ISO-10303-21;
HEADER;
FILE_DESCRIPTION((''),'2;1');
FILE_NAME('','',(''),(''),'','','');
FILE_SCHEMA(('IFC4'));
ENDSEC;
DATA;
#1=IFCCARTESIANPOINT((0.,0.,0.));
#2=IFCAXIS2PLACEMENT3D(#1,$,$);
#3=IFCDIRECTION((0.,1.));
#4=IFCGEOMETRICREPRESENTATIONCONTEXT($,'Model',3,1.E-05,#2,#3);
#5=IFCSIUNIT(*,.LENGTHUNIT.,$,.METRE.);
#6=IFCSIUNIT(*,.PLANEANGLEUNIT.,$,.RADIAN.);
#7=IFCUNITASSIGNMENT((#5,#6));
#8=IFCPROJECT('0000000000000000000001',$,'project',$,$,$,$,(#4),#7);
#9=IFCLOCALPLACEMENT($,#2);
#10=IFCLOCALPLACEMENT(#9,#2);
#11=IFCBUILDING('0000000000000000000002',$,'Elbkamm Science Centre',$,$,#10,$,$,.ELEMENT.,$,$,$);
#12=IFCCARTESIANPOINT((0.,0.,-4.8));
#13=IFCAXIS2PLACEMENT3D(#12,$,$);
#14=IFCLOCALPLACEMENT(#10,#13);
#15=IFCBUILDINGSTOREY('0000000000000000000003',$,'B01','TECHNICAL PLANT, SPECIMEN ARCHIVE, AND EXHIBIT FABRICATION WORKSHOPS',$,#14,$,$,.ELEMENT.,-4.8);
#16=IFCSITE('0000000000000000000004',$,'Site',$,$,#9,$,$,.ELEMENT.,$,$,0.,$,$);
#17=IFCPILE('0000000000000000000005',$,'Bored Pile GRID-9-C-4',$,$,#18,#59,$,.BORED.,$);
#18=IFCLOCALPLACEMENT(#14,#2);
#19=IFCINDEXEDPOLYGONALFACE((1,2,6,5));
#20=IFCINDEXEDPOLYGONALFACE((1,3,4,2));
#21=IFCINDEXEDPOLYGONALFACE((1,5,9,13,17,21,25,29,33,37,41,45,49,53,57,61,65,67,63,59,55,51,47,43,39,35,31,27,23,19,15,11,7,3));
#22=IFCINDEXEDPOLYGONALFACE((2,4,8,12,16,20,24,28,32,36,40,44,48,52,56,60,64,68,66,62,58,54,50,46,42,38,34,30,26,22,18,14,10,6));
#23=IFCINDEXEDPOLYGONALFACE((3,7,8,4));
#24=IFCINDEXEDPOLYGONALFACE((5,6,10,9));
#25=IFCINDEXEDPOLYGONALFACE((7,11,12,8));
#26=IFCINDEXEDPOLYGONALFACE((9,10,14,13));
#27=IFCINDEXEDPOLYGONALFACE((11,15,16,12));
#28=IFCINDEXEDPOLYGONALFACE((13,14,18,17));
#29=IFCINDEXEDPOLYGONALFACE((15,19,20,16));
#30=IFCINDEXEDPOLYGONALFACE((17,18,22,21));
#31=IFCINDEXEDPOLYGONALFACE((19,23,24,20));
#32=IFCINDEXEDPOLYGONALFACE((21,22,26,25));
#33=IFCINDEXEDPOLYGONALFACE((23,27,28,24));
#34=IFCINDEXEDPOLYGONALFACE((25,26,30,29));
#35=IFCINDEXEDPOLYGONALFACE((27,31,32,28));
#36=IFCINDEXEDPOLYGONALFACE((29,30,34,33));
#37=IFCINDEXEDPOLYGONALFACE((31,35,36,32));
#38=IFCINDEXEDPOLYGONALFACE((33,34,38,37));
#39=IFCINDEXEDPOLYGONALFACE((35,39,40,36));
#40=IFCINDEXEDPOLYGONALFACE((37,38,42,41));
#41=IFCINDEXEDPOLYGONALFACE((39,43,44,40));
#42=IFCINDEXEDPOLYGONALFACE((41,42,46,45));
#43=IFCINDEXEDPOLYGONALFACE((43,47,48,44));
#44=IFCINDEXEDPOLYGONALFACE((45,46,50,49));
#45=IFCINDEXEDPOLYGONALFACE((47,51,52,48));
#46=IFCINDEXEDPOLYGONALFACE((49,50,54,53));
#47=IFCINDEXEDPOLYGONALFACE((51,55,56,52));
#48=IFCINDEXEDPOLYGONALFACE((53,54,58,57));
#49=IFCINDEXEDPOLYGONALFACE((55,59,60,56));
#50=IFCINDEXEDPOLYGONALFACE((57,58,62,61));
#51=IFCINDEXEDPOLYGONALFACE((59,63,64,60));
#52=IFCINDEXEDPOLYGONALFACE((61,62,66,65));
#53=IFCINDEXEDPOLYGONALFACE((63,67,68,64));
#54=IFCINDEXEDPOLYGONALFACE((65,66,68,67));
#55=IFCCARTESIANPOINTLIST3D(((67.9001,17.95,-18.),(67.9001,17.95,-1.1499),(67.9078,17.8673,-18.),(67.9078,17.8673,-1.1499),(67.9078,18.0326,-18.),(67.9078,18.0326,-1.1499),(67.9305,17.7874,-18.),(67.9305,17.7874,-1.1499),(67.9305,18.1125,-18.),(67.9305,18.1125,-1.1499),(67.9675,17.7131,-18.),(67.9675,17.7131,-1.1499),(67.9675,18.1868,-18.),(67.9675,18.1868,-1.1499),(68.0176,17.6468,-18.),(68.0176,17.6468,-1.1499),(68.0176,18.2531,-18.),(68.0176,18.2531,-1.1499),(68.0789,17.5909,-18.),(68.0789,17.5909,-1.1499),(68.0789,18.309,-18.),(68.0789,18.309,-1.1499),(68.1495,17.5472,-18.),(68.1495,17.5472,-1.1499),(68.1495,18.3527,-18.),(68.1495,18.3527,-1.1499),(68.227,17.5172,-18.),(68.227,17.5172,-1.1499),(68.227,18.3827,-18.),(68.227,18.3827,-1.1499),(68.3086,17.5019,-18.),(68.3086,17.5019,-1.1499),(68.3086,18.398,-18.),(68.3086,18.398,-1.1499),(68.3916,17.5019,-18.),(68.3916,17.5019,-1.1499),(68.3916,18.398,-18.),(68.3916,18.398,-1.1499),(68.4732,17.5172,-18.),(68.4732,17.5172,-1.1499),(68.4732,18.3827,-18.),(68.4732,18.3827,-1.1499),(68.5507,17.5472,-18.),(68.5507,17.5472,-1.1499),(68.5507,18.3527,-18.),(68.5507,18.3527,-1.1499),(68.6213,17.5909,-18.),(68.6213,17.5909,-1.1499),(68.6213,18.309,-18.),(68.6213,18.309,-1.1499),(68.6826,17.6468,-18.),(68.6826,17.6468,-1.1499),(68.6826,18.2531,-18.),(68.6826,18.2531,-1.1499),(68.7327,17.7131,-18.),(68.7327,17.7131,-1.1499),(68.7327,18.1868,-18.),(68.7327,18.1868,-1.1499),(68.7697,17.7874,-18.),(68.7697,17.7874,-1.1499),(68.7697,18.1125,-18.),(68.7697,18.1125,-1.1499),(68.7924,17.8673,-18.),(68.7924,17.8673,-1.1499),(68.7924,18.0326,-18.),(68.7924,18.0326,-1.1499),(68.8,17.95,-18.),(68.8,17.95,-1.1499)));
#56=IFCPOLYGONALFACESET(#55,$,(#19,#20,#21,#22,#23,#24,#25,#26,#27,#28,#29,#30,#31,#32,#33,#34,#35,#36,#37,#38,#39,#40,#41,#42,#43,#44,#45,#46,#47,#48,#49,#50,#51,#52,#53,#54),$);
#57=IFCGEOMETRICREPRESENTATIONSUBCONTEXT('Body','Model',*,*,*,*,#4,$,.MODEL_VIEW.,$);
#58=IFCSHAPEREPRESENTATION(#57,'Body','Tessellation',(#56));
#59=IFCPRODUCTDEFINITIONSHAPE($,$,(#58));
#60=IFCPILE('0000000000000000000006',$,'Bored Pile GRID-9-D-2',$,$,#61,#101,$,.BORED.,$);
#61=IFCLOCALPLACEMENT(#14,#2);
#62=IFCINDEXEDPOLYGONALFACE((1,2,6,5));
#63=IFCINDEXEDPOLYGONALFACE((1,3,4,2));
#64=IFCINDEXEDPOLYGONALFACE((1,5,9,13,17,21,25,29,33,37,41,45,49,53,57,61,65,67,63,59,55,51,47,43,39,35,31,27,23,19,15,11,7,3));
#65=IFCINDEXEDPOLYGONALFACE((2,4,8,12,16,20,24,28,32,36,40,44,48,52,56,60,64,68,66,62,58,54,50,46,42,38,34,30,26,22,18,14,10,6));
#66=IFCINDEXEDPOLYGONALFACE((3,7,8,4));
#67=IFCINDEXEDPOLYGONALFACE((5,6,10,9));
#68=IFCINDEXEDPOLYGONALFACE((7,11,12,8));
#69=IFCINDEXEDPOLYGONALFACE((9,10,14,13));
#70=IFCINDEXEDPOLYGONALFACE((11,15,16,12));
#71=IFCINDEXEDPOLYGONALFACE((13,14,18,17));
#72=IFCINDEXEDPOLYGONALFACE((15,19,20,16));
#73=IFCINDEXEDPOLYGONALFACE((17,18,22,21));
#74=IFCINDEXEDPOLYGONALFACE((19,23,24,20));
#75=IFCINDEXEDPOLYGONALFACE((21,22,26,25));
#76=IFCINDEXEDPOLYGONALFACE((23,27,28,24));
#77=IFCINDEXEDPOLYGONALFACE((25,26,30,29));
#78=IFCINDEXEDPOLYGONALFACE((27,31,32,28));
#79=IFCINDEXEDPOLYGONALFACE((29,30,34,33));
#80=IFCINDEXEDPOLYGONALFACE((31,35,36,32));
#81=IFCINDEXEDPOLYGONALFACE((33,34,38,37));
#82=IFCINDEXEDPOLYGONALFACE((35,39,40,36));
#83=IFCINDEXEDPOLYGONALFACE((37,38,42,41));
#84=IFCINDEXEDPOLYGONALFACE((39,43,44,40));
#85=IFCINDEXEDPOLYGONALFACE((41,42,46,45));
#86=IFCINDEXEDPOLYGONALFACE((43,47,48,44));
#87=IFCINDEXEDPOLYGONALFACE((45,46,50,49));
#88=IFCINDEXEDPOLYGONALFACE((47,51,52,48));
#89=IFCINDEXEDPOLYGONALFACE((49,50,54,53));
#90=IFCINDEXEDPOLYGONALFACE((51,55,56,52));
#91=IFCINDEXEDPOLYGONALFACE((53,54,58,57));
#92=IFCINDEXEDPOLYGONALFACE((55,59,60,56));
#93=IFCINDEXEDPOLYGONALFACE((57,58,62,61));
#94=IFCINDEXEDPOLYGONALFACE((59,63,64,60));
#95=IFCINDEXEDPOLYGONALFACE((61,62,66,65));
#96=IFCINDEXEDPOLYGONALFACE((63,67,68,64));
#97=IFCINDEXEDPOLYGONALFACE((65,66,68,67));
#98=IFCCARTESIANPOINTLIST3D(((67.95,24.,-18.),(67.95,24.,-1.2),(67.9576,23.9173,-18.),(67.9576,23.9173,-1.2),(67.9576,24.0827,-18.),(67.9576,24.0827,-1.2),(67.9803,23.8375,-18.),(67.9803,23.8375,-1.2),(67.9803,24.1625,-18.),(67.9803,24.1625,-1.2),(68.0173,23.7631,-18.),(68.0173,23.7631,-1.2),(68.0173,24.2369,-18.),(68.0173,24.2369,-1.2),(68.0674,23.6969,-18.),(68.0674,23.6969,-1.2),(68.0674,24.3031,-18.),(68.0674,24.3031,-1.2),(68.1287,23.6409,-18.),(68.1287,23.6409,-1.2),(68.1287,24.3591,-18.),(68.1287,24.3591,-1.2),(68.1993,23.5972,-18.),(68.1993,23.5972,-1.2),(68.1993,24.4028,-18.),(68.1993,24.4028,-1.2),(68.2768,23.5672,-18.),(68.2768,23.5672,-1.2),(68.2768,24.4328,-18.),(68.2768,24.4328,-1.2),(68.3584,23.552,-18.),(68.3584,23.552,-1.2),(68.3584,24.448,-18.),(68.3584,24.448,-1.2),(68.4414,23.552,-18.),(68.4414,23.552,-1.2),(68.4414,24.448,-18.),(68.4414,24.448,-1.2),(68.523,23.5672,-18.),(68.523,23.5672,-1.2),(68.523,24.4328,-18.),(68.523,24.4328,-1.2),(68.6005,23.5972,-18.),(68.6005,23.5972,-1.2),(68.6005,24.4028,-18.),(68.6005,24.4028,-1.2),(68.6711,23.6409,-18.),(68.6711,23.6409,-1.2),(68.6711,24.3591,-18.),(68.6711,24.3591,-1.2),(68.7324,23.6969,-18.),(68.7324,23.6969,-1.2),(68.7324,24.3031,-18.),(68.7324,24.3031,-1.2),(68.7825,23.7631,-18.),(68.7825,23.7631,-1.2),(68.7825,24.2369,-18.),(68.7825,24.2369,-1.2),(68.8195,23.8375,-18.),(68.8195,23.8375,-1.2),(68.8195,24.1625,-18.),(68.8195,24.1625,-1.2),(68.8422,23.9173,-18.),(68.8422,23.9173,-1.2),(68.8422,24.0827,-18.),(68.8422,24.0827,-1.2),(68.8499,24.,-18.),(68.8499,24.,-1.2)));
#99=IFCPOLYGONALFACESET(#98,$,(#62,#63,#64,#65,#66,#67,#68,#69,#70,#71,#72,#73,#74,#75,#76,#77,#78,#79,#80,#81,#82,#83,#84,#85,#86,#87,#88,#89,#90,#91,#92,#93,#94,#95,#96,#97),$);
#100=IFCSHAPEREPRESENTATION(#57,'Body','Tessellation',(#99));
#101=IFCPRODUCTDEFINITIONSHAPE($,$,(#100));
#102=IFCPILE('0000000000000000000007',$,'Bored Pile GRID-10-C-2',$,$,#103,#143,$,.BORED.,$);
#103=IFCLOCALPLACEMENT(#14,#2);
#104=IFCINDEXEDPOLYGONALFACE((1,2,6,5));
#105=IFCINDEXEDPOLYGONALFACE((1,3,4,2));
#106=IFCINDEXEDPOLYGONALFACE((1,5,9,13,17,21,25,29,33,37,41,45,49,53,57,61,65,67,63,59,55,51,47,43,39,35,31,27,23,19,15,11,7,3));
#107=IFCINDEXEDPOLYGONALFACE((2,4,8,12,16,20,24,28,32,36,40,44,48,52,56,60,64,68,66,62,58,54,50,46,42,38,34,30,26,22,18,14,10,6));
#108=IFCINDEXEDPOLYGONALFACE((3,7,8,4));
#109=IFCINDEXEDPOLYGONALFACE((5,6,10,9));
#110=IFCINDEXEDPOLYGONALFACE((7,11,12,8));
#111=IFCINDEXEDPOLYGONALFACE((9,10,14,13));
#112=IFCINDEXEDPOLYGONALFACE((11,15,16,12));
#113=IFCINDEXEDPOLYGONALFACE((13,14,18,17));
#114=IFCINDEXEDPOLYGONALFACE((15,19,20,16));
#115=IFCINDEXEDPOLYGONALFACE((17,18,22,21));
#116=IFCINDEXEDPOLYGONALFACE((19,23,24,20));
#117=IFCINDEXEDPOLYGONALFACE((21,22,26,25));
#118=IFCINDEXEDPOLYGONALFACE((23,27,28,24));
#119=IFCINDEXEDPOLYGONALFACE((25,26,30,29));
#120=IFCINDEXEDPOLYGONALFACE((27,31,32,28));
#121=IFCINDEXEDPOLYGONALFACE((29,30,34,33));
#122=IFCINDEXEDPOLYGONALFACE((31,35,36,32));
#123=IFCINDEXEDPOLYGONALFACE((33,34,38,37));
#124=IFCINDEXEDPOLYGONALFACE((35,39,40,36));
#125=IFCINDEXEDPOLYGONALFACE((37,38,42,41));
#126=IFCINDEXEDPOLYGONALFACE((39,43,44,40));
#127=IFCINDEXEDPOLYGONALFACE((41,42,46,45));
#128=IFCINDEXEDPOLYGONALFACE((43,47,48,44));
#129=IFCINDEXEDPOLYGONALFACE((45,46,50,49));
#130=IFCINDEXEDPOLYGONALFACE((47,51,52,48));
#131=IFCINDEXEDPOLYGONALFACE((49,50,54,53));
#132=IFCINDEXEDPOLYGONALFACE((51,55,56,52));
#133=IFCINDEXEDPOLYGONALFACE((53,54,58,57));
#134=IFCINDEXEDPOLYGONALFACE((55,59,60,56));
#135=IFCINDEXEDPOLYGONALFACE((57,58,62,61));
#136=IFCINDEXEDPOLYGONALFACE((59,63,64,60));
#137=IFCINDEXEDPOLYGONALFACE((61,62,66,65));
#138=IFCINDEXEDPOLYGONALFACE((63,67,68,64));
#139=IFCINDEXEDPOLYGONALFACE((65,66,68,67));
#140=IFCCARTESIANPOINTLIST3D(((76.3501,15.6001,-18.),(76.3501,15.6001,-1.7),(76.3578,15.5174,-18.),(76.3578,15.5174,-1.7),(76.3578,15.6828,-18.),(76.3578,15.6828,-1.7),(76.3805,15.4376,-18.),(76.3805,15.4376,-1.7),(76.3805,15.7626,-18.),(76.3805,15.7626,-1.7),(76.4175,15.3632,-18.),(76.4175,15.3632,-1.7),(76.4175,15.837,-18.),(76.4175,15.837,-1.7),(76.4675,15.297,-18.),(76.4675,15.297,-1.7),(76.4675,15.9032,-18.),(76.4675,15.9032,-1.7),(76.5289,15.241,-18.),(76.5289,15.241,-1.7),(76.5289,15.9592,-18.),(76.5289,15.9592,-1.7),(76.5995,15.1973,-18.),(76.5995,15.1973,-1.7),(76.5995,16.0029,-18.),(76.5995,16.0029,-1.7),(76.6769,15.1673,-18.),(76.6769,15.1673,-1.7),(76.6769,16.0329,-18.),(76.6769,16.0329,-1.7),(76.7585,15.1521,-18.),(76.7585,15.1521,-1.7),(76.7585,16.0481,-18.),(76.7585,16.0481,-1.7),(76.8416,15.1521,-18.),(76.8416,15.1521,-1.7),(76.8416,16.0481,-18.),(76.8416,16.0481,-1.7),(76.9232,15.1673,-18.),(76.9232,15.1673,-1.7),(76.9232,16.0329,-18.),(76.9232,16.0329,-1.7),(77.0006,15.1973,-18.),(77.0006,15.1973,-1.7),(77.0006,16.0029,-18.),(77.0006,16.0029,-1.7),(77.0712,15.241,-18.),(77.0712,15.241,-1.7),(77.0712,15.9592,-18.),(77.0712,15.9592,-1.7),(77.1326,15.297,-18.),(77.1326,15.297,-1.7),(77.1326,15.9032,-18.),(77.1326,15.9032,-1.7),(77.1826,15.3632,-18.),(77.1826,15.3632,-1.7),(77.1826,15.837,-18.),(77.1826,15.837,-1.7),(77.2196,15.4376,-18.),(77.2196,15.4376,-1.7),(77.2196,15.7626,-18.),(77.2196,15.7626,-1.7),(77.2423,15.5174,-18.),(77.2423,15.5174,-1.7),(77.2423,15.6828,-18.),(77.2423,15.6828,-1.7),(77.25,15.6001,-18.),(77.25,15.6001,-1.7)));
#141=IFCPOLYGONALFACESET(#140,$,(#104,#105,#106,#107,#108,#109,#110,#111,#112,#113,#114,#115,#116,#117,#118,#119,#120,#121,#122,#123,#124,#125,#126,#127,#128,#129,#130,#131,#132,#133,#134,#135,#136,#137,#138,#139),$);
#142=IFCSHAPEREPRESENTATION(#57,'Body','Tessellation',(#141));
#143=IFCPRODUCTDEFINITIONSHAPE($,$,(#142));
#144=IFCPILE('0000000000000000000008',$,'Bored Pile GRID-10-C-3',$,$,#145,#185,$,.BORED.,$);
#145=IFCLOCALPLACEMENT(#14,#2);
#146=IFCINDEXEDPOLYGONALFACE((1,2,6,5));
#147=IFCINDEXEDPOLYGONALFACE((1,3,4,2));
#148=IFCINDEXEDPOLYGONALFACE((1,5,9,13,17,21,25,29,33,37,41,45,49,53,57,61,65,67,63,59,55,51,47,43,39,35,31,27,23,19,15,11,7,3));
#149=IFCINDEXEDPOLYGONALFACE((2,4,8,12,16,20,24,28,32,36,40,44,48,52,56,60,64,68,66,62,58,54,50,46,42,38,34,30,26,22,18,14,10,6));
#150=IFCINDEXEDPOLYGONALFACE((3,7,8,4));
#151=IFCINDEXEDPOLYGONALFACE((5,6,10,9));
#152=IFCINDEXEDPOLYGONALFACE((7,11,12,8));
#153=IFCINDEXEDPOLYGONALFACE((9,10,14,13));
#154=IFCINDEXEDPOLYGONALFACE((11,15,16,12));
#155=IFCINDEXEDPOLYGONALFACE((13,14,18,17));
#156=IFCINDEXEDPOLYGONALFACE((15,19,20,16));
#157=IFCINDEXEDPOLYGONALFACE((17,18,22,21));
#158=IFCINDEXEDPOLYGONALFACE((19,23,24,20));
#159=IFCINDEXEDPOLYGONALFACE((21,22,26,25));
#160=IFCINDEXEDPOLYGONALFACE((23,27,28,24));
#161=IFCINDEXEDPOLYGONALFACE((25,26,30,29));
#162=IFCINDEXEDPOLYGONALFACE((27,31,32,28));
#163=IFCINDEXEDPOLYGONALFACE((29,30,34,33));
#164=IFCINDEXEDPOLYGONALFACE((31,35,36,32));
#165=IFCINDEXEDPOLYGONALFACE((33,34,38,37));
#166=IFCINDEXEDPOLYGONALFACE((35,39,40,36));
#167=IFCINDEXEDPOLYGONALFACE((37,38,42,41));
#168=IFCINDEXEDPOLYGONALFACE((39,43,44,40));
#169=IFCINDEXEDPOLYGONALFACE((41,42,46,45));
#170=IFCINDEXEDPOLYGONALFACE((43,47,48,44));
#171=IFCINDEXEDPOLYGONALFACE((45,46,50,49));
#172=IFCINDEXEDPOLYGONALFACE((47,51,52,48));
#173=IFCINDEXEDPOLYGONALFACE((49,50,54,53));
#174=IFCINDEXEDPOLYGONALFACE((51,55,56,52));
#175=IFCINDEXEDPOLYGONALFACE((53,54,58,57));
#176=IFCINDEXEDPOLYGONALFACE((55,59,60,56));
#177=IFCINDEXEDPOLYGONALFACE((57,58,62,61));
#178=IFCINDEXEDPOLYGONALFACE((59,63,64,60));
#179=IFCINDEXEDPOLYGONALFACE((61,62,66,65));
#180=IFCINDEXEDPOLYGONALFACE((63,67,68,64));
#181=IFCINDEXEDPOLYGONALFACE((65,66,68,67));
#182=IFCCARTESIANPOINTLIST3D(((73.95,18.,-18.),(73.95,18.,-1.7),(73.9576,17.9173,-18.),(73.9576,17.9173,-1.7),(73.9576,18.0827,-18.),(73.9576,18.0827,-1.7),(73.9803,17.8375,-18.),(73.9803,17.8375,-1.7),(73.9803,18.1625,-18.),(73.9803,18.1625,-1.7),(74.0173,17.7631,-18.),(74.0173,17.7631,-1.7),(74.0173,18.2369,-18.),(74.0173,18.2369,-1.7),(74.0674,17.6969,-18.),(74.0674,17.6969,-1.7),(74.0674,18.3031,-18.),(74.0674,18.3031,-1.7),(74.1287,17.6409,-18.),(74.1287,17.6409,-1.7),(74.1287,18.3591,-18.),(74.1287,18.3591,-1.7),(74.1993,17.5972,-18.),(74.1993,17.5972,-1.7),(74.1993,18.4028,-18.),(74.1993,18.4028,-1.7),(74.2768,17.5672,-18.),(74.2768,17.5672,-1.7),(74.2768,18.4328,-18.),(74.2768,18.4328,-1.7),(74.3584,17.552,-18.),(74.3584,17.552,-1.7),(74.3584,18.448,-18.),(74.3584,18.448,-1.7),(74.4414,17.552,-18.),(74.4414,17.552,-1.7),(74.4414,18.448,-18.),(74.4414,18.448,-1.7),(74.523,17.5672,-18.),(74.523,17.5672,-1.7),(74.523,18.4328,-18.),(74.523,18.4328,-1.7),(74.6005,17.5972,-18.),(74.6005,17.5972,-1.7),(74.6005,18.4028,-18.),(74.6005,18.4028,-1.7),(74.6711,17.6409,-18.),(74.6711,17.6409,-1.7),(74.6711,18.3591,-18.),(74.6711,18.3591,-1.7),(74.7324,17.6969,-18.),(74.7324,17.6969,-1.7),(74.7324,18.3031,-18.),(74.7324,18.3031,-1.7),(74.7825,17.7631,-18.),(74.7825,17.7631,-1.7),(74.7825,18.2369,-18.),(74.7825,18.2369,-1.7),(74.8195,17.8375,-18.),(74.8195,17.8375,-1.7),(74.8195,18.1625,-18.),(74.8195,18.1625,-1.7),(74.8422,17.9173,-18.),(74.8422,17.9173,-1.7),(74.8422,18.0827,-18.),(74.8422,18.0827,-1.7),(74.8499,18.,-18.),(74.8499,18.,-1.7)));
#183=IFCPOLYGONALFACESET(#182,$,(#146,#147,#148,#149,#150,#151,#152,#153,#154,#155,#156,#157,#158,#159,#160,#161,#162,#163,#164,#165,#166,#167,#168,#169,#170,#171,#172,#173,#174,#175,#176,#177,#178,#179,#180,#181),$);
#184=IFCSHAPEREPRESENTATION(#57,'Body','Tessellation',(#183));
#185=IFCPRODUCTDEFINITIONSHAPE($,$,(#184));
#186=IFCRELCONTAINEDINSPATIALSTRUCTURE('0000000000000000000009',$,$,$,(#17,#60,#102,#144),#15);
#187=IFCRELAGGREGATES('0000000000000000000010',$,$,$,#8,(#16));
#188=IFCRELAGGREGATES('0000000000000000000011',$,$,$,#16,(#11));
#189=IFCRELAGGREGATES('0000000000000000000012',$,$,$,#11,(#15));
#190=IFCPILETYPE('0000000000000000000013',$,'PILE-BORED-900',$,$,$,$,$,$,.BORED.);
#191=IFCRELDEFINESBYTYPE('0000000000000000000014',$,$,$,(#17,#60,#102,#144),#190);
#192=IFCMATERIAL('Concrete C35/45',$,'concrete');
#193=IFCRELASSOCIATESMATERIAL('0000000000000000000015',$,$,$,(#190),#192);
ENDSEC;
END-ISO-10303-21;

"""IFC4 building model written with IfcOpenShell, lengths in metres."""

from ifc_helpers import new_model, si_unit, direction, frame, origin, origin_2d, place, context, subcontext, project, spatial, circle, extrude, material, material_profile, profile_set, type_object, element, save


model = new_model("IFC4")

# Units and contexts
model_context = context("Model", 3, precision=1e-05, world=origin(), true_north=direction((0.0, 1.0)))
body_context = subcontext(model_context, "Body", "Model", "MODEL_VIEW")
ifc_project = project(units=[si_unit("LENGTHUNIT", "METRE"), si_unit("PLANEANGLEUNIT", "RADIAN")], contexts=[model_context])

# Site, building, storey
site_placement = place(None, origin())
site = spatial("IfcSite", under=ifc_project, at=site_placement, Name="Site", CompositionType="ELEMENT", RefElevation=0.0)
building_placement = place(site_placement, origin())
building = spatial("IfcBuilding", under=site, at=building_placement, Name="Elbkamm Science Centre", CompositionType="ELEMENT")
storey_placement = place(building_placement, frame((0.0, 0.0, -4.8)))
storey = spatial("IfcBuildingStorey", under=building, at=storey_placement, Name="B01", Description="TECHNICAL PLANT, SPECIMEN ARCHIVE, AND EXHIBIT FABRICATION WORKSHOPS", CompositionType="ELEMENT", Elevation=-4.8)

# Shared definitions
ifc_material_1 = material(Name="Concrete C35/45", Category="concrete")

# Piles
ifc_material_profile_1 = material_profile(ifc_material_1, circle(Radius=0.45, at=origin_2d()), Name="PILE D900")
ifc_profile_set_1 = profile_set([ifc_material_profile_1], Name="Concrete C35/45")
pile_type = type_object("IfcPileType", Name="PILE-BORED-900", PredefinedType="BORED", material=ifc_profile_set_1)
for number, where, z_axis, x_axis, name in (
    (1, (68.3501, 17.95, -1.1499), (0.0, 0.0, -1.0), (1.0, 0.0, 0.0), "Bored Pile GRID-9-C-4"),
):
    element("IfcPile", number, at=place(storey_placement, frame(where, z_axis=z_axis, x_axis=x_axis)), inside=storey, type_object=pile_type, Name=name, PredefinedType="BORED", context=body_context, shape_type="SweptSolid", body=[
        extrude(circle(Radius=0.45, at=origin_2d()), origin(), (0.0, 0.0, 1.0), 16.8501),
    ])
pile_placement = place(storey_placement, frame((68.3999, 24.0, -1.2), z_axis=(0.0, 0.0, -1.0), x_axis=(1.0, 0.0, 0.0)))
element("IfcPile", 2, at=pile_placement, inside=storey, type_object=pile_type, Name="Bored Pile GRID-9-D-2", PredefinedType="BORED", context=body_context, shape_type="SweptSolid", body=[
    extrude(circle(Radius=0.45, at=origin_2d()), origin(), (0.0, 0.0, 1.0), 16.8),
])
for number, where, z_axis, x_axis, name in (
    (3, (76.8, 15.6001, -1.7), (0.0, 0.0, -1.0), (1.0, 0.0, 0.0), "Bored Pile GRID-10-C-2"),
    (4, (74.3999, 18.0, -1.7), (0.0, 0.0, -1.0), (1.0, 0.0, 0.0), "Bored Pile GRID-10-C-3"),
):
    element("IfcPile", number, at=place(storey_placement, frame(where, z_axis=z_axis, x_axis=x_axis)), inside=storey, type_object=pile_type, Name=name, PredefinedType="BORED", context=body_context, shape_type="SweptSolid", body=[
        extrude(circle(Radius=0.45, at=origin_2d()), origin(), (0.0, 0.0, 1.0), 16.3),
    ])

save(model, "model.ifc")
